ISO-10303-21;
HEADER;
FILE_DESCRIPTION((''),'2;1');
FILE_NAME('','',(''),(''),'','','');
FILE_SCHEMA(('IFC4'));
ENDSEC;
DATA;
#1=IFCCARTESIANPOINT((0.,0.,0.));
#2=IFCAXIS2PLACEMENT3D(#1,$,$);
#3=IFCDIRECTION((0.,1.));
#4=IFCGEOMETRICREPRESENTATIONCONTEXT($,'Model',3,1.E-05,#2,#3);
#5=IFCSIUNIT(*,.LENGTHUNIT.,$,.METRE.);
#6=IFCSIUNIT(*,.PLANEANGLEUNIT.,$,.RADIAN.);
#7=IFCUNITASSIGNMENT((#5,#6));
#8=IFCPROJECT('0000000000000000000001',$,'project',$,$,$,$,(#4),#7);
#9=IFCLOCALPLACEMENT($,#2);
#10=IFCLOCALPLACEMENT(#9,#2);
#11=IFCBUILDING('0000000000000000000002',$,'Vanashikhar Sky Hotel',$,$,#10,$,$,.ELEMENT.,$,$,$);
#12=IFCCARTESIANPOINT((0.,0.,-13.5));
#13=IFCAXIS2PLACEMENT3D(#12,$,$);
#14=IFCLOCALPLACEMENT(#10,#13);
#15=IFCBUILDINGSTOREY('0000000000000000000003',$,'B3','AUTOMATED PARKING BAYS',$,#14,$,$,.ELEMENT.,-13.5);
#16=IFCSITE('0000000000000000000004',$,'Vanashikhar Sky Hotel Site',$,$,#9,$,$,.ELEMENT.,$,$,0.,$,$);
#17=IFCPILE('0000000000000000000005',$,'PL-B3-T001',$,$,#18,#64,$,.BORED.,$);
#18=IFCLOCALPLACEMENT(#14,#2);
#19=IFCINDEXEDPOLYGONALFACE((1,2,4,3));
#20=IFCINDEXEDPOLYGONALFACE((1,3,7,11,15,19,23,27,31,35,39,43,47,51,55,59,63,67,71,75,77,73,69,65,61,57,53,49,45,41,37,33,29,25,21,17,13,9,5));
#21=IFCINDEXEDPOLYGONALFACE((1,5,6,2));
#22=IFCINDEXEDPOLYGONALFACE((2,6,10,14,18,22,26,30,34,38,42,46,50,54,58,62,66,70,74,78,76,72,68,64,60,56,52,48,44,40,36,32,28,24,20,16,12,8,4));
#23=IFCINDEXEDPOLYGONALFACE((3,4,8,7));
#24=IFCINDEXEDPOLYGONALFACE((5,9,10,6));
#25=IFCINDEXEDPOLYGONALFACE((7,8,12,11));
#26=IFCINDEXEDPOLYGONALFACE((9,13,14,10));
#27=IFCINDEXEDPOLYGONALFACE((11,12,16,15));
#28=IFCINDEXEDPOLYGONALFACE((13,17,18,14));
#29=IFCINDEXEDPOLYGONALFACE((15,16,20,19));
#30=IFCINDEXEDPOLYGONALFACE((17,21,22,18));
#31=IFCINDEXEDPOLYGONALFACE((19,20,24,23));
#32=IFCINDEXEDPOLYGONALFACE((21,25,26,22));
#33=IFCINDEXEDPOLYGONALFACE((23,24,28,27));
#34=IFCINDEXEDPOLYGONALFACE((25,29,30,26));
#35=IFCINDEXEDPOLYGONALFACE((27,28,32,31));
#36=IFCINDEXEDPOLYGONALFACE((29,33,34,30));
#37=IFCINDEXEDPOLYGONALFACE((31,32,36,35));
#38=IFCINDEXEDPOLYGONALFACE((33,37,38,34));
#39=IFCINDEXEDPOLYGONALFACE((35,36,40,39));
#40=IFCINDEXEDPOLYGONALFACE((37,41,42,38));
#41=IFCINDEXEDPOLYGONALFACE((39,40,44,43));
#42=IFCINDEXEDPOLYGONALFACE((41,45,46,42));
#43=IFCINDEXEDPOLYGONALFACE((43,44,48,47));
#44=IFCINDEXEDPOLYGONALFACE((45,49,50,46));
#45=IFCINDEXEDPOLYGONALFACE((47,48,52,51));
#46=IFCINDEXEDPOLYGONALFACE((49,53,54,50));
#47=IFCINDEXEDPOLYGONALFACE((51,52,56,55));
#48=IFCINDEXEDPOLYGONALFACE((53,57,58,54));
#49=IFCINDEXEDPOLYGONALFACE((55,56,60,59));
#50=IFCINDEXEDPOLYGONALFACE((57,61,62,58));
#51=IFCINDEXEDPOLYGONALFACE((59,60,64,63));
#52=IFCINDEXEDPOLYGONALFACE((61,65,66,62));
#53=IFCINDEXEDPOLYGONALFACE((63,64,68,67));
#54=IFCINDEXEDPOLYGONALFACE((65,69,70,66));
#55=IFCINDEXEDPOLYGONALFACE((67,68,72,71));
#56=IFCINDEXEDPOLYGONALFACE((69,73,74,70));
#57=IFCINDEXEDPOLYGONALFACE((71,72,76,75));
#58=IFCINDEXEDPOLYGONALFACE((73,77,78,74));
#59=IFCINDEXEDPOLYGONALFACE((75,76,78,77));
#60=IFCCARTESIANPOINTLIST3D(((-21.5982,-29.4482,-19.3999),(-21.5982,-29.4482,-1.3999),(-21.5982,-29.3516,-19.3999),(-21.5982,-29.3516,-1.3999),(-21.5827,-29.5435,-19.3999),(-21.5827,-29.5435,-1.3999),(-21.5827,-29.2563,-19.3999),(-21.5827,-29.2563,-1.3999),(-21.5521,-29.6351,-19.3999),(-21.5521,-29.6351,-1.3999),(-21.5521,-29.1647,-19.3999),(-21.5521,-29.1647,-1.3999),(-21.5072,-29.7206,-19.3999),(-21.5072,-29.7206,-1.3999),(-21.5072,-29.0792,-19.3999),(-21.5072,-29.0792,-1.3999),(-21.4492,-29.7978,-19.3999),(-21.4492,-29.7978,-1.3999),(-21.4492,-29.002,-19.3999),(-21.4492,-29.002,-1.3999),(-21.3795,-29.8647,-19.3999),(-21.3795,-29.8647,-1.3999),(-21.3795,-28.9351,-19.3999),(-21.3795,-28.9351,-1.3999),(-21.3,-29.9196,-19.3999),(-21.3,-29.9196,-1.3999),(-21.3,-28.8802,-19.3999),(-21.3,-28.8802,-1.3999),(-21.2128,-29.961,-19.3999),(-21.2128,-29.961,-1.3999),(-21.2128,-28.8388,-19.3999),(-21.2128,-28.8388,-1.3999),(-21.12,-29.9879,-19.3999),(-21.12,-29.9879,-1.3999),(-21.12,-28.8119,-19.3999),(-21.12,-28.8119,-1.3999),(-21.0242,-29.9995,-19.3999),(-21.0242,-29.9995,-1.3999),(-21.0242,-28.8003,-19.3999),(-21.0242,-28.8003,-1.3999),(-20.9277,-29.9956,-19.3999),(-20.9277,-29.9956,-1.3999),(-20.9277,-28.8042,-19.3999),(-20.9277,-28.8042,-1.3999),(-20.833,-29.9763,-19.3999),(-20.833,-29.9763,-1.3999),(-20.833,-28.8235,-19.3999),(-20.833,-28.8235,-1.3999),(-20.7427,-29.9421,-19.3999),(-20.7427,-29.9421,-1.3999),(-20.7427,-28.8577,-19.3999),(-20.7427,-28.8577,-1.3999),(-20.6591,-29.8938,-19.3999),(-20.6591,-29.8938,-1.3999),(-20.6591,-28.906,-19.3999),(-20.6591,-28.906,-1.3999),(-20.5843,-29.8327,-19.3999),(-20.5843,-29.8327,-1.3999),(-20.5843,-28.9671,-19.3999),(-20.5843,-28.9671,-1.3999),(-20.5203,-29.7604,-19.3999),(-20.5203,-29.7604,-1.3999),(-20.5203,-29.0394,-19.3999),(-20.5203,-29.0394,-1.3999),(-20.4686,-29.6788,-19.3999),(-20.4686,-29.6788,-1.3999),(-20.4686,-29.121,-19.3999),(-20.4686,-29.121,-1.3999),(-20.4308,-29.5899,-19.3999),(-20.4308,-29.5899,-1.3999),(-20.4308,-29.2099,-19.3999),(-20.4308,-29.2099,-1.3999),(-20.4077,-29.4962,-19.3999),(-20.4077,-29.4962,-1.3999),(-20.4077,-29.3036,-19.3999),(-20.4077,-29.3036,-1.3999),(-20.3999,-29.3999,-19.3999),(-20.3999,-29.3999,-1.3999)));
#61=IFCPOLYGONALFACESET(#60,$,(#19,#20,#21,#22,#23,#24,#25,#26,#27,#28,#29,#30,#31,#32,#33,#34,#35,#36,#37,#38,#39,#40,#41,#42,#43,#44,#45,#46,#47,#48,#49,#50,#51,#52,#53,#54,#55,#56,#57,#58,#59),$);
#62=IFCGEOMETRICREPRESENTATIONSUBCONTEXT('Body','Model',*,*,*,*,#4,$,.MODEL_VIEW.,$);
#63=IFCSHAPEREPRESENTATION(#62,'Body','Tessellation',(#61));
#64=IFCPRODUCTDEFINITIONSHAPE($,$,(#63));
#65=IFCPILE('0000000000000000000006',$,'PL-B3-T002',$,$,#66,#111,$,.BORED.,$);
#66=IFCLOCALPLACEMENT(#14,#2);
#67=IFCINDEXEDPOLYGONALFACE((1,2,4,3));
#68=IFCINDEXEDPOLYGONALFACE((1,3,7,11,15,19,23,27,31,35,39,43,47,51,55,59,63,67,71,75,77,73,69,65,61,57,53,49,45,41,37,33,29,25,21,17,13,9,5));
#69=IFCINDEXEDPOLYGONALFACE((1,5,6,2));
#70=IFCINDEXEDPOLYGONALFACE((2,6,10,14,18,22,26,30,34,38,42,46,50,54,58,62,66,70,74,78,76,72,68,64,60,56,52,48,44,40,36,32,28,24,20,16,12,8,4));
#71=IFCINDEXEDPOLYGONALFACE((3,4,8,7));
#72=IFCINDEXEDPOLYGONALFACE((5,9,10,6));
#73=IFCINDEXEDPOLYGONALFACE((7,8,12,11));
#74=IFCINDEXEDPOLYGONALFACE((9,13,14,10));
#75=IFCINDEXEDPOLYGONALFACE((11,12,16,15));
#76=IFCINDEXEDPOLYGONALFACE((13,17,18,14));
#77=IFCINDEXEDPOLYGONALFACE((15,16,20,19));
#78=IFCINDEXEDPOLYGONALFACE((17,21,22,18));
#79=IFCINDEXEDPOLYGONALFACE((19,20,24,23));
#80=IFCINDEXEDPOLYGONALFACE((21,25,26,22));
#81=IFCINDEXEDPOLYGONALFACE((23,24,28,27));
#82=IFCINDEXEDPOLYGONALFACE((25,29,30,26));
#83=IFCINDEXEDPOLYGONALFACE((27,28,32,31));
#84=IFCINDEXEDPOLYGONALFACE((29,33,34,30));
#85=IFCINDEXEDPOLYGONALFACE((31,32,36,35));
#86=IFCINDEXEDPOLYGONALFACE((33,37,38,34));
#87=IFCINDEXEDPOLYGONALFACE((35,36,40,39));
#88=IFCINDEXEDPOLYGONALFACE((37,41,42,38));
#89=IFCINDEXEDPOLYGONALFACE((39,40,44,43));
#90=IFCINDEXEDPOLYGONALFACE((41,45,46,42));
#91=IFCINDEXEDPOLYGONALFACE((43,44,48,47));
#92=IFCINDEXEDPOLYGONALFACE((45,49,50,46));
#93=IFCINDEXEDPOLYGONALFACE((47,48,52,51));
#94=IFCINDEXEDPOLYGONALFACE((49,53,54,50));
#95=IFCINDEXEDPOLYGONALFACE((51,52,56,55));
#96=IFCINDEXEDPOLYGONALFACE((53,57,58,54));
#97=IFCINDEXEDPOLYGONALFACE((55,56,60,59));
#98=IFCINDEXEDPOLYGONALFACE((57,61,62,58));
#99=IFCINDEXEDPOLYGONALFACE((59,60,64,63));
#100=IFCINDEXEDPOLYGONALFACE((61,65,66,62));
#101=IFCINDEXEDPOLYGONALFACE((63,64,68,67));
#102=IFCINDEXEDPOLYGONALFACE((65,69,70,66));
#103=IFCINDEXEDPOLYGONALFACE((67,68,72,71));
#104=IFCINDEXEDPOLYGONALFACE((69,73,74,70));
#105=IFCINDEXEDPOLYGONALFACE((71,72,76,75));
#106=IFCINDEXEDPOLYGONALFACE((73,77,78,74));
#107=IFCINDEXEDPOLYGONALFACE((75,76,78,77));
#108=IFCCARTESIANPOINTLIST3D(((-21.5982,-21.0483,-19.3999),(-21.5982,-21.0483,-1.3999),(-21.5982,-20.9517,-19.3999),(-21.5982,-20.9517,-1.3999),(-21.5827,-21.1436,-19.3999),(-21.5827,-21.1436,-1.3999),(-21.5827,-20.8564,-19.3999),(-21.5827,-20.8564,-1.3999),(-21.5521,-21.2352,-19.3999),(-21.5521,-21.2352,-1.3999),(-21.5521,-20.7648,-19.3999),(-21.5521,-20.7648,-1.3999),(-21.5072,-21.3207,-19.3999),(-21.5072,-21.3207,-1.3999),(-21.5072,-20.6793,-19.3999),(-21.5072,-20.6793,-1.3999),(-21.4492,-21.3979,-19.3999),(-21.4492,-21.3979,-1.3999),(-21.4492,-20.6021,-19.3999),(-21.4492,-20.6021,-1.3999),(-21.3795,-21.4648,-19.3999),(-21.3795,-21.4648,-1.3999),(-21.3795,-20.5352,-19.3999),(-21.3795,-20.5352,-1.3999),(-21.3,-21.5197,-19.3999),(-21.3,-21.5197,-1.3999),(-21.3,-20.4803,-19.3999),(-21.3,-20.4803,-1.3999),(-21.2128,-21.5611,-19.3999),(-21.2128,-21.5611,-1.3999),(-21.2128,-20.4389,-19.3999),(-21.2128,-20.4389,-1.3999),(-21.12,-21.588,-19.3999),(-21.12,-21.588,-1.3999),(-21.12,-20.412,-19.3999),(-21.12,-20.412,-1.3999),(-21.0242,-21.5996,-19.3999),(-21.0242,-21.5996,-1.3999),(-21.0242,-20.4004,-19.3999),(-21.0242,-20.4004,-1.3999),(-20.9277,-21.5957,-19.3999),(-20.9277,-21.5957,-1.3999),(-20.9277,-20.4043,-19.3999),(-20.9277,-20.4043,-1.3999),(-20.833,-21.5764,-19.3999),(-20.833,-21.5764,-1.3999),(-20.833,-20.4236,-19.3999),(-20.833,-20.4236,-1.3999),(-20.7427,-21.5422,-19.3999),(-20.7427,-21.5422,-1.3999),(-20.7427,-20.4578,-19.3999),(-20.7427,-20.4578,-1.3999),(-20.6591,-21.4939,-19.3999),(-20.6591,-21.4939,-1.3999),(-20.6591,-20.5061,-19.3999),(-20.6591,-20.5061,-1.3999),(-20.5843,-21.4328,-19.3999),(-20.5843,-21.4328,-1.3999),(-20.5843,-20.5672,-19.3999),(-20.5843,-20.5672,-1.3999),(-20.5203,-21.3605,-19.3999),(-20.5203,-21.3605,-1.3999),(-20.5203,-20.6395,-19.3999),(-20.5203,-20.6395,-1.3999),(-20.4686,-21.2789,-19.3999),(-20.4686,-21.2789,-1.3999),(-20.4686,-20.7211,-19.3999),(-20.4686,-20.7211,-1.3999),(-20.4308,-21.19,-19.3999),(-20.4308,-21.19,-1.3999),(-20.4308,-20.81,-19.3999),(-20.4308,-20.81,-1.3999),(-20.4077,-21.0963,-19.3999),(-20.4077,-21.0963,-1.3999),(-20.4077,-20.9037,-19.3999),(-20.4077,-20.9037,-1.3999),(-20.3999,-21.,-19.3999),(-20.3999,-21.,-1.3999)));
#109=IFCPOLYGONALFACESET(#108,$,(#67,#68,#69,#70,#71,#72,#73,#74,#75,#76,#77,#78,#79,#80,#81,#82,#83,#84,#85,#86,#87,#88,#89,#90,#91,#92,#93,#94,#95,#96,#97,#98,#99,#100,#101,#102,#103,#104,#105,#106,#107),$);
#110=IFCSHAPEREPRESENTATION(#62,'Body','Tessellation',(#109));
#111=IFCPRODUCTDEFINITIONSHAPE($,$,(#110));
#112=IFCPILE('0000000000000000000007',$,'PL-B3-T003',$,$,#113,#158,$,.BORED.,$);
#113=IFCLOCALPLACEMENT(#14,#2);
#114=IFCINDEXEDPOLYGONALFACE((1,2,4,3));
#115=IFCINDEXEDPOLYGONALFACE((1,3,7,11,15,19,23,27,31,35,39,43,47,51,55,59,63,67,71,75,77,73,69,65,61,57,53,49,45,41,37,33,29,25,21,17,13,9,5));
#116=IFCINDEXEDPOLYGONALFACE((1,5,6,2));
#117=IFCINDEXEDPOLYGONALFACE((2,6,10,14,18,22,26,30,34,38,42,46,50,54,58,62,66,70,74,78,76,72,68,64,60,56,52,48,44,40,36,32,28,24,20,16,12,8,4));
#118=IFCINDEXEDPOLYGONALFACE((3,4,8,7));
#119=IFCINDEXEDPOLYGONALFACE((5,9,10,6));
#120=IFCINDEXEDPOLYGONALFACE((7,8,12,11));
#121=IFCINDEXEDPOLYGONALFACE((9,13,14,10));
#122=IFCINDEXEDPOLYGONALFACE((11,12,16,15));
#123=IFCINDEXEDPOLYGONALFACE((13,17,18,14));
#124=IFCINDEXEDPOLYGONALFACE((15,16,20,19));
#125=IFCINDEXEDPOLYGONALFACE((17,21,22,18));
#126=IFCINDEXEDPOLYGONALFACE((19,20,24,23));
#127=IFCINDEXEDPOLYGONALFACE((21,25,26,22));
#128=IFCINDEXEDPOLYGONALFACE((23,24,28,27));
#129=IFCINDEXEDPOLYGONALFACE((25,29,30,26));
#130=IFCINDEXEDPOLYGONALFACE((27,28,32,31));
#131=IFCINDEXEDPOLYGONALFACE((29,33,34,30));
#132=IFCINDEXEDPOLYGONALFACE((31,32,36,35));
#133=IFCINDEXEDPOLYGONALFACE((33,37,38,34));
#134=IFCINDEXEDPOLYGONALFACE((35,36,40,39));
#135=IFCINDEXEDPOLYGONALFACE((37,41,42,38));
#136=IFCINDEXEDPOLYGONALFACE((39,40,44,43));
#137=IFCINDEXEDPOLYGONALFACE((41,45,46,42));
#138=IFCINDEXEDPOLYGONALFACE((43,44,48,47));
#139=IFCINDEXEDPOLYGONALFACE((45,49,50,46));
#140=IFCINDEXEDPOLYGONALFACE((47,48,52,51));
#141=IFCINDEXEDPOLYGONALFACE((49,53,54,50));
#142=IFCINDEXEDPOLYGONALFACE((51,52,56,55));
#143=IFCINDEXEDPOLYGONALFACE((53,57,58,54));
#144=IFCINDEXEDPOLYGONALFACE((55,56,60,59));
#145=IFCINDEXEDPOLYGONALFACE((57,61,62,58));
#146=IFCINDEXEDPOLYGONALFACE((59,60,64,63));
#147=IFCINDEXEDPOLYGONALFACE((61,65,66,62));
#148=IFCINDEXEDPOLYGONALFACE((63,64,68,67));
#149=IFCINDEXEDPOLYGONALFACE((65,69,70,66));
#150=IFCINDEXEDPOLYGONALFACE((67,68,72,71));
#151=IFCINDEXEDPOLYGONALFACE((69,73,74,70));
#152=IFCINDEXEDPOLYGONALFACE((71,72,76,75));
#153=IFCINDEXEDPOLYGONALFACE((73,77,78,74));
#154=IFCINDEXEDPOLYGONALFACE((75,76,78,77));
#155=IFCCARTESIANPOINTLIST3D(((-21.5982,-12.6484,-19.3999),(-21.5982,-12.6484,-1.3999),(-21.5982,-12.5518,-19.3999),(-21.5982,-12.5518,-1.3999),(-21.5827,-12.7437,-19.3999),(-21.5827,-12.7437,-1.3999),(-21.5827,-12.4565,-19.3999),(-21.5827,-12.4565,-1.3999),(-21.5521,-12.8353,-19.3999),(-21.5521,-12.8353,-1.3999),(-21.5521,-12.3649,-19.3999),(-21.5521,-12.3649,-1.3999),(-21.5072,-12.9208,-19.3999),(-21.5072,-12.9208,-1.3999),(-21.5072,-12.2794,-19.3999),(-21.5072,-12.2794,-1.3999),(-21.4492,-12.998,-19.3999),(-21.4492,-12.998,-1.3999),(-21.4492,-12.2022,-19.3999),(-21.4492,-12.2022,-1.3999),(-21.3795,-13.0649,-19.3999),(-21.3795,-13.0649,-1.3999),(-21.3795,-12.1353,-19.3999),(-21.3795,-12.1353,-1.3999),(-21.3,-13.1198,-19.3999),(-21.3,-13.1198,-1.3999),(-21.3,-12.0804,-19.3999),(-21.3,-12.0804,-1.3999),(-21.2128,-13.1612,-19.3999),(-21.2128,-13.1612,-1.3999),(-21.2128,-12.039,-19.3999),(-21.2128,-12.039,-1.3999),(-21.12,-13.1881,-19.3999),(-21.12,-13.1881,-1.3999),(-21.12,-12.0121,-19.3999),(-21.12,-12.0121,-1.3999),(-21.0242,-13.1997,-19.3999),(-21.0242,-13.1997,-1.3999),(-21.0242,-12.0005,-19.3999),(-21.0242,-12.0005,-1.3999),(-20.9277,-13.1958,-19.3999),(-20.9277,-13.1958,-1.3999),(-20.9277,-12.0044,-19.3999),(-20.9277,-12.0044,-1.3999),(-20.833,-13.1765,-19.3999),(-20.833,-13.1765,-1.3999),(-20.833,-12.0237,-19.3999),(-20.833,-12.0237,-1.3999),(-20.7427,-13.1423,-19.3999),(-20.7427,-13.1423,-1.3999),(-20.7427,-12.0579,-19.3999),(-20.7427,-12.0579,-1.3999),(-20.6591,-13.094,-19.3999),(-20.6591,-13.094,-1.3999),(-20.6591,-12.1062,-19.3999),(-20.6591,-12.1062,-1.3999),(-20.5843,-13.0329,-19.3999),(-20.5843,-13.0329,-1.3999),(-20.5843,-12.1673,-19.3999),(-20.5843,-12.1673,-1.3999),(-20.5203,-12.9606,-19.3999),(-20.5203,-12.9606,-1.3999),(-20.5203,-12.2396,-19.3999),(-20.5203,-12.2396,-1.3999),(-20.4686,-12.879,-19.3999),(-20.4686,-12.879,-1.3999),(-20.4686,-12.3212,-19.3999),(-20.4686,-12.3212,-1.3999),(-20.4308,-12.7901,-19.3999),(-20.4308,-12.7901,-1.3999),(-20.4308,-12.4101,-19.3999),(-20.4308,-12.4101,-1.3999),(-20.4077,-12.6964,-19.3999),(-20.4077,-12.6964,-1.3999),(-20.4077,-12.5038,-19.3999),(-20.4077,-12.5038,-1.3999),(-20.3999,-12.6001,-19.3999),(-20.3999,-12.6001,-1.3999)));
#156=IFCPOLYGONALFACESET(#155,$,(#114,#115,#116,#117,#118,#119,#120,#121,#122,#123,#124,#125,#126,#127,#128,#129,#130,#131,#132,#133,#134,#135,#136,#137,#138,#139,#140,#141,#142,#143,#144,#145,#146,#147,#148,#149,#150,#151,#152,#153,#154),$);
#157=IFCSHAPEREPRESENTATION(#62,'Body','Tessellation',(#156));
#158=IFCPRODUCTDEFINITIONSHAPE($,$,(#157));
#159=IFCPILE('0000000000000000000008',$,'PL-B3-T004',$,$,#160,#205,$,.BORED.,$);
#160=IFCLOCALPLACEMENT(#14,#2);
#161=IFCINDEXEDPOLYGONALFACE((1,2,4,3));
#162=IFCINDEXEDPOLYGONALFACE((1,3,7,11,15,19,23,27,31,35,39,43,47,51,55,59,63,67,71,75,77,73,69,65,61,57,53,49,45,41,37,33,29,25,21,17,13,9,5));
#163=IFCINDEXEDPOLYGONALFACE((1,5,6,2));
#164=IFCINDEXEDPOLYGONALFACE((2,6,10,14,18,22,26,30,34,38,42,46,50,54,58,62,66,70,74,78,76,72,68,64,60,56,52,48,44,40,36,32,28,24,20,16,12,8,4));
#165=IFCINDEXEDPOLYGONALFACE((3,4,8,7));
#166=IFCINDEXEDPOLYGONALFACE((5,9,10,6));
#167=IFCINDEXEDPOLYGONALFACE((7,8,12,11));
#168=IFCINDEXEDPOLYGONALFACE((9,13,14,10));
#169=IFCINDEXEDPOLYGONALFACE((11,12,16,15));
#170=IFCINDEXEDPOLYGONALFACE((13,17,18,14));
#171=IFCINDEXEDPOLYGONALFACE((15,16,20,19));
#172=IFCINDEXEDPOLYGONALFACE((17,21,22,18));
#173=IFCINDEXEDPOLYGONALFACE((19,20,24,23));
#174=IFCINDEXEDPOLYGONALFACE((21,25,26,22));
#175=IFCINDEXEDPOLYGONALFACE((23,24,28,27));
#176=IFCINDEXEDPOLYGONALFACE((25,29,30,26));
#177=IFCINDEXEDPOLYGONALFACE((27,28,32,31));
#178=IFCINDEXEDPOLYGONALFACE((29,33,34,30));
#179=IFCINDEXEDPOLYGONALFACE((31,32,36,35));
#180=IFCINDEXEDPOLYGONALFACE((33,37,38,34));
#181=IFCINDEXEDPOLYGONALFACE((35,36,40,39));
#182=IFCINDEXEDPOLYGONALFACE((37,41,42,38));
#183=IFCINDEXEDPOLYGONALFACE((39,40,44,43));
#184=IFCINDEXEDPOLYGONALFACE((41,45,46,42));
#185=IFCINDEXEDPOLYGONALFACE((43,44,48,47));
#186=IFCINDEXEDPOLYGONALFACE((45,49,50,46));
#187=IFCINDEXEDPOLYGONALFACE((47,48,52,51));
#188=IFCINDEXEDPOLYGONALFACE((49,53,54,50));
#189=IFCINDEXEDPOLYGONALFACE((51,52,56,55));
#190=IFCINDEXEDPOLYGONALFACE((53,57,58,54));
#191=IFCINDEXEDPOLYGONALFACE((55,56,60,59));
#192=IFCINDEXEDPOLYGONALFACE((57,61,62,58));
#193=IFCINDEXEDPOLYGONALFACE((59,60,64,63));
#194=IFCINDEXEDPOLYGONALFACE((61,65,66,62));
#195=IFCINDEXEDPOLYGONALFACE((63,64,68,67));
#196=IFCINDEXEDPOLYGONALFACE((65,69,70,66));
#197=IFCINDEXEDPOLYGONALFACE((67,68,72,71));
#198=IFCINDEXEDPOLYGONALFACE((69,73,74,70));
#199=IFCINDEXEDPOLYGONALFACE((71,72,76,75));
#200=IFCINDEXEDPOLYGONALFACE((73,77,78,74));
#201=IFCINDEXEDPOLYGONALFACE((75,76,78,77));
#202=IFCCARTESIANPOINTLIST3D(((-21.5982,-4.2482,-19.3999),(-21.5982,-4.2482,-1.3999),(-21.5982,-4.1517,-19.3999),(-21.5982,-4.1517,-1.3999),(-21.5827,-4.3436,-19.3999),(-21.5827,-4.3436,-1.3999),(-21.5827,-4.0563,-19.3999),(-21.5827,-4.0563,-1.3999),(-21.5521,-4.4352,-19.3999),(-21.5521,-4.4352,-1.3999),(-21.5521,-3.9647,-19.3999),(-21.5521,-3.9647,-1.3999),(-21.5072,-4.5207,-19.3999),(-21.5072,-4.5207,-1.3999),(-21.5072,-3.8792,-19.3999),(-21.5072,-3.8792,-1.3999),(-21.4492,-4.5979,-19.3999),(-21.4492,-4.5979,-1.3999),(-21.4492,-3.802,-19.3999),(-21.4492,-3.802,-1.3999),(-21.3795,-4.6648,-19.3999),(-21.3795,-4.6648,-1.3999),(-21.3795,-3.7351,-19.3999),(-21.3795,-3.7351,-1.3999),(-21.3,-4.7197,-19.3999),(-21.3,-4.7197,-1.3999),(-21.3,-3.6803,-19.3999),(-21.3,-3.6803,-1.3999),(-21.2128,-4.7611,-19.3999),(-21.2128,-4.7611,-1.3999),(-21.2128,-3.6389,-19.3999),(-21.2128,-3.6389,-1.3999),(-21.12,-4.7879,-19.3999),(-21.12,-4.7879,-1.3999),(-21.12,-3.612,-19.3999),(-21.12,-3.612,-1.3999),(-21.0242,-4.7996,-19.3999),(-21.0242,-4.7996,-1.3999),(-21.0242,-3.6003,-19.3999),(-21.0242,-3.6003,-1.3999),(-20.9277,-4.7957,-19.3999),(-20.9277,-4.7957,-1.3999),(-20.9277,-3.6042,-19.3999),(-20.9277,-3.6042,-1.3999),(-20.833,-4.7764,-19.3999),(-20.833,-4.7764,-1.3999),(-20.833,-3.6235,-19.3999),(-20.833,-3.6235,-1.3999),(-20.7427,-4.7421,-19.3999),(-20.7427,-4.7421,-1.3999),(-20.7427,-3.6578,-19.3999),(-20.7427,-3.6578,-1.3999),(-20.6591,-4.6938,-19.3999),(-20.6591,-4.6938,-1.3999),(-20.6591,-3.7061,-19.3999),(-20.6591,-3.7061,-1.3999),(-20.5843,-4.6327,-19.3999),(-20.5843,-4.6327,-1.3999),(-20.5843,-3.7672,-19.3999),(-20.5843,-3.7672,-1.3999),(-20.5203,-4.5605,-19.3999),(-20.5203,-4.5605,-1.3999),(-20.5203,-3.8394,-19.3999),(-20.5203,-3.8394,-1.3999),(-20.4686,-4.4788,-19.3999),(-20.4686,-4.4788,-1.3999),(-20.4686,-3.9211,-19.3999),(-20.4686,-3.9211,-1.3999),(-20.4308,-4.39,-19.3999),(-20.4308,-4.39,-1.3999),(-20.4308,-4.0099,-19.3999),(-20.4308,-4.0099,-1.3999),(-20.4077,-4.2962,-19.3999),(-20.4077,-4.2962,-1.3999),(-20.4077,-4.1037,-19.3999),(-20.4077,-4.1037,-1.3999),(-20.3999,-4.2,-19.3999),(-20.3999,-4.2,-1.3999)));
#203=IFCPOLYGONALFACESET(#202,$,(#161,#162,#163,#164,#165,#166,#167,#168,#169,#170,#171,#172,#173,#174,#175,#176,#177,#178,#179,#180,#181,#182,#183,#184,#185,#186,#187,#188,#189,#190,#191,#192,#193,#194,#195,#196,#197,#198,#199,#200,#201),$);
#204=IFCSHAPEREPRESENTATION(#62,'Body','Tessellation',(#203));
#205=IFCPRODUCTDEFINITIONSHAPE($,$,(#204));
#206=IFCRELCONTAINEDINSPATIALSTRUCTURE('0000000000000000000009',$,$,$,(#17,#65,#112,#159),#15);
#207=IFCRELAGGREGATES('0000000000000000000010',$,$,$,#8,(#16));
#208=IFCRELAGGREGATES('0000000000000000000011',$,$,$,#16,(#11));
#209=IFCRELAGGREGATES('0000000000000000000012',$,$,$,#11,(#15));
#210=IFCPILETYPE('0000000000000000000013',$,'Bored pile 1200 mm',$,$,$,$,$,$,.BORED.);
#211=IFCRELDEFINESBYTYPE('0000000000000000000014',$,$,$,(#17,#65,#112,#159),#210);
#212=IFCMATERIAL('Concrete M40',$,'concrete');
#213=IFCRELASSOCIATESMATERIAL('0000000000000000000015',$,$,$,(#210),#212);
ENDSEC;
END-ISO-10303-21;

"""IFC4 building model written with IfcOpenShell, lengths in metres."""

from ifc_helpers import new_model, si_unit, direction, frame, origin, origin_2d, place, context, subcontext, project, spatial, circle, extrude, source, transform, mapped, material, type_object, element, save


model = new_model("IFC4")

# Units and contexts
model_context = context("Model", 3, precision=1e-05, world=origin(), true_north=direction((0.0, 1.0)))
body_context = subcontext(model_context, "Body", "Model", "MODEL_VIEW")
ifc_project = project(units=[si_unit("LENGTHUNIT", "METRE"), si_unit("PLANEANGLEUNIT", "RADIAN")], contexts=[model_context])

# Site, building, storey
site_placement = place(None, origin())
site = spatial("IfcSite", under=ifc_project, at=site_placement, Name="Vanashikhar Sky Hotel Site", CompositionType="ELEMENT", RefElevation=0.0)
building_placement = place(site_placement, origin())
building = spatial("IfcBuilding", under=site, at=building_placement, Name="Vanashikhar Sky Hotel", CompositionType="ELEMENT")
storey_placement = place(building_placement, frame((0.0, 0.0, -13.5)))
storey = spatial("IfcBuildingStorey", under=building, at=storey_placement, Name="B3", Description="AUTOMATED PARKING BAYS", CompositionType="ELEMENT", Elevation=-13.5)

# Piles
ifc_material_1 = material(Name="Concrete M40", Category="concrete")
pile_type_1 = type_object("IfcPileType", Name="Bored pile 1200 mm", PredefinedType="BORED", material=ifc_material_1)
shared_shape_1 = source(origin(), body_context, "Body", "SweptSolid", [
    extrude(circle(Radius=0.6001, at=origin_2d()), origin(), (0.0, 0.0, 1.0), 18.0),
])
for number, where, z_axis, x_axis, name in (
    (1, (-21.0, -29.3999, -1.3999), (0.0, 0.0, -1.0), (1.0, 0.0, 0.0), "PL-B3-T001"),
    (2, (-21.0, -21.0, -1.3999), (0.0, 0.0, -1.0), (1.0, 0.0, 0.0), "PL-B3-T002"),
    (3, (-21.0, -12.6001, -1.3999), (0.0, 0.0, -1.0), (1.0, 0.0, 0.0), "PL-B3-T003"),
    (4, (-21.0, -4.2, -1.3999), (0.0, 0.0, -1.0), (1.0, 0.0, 0.0), "PL-B3-T004"),
):
    element("IfcPile", number, at=place(storey_placement, frame(where, z_axis=z_axis, x_axis=x_axis)), inside=storey, type_object=pile_type_1, Name=name, PredefinedType="BORED", context=body_context, shape_type="MappedRepresentation", body=[
        mapped(shared_shape_1, transform((0.0, 0.0, 0.0), scale=1.0)),
    ])

save(model, "model.ifc")
